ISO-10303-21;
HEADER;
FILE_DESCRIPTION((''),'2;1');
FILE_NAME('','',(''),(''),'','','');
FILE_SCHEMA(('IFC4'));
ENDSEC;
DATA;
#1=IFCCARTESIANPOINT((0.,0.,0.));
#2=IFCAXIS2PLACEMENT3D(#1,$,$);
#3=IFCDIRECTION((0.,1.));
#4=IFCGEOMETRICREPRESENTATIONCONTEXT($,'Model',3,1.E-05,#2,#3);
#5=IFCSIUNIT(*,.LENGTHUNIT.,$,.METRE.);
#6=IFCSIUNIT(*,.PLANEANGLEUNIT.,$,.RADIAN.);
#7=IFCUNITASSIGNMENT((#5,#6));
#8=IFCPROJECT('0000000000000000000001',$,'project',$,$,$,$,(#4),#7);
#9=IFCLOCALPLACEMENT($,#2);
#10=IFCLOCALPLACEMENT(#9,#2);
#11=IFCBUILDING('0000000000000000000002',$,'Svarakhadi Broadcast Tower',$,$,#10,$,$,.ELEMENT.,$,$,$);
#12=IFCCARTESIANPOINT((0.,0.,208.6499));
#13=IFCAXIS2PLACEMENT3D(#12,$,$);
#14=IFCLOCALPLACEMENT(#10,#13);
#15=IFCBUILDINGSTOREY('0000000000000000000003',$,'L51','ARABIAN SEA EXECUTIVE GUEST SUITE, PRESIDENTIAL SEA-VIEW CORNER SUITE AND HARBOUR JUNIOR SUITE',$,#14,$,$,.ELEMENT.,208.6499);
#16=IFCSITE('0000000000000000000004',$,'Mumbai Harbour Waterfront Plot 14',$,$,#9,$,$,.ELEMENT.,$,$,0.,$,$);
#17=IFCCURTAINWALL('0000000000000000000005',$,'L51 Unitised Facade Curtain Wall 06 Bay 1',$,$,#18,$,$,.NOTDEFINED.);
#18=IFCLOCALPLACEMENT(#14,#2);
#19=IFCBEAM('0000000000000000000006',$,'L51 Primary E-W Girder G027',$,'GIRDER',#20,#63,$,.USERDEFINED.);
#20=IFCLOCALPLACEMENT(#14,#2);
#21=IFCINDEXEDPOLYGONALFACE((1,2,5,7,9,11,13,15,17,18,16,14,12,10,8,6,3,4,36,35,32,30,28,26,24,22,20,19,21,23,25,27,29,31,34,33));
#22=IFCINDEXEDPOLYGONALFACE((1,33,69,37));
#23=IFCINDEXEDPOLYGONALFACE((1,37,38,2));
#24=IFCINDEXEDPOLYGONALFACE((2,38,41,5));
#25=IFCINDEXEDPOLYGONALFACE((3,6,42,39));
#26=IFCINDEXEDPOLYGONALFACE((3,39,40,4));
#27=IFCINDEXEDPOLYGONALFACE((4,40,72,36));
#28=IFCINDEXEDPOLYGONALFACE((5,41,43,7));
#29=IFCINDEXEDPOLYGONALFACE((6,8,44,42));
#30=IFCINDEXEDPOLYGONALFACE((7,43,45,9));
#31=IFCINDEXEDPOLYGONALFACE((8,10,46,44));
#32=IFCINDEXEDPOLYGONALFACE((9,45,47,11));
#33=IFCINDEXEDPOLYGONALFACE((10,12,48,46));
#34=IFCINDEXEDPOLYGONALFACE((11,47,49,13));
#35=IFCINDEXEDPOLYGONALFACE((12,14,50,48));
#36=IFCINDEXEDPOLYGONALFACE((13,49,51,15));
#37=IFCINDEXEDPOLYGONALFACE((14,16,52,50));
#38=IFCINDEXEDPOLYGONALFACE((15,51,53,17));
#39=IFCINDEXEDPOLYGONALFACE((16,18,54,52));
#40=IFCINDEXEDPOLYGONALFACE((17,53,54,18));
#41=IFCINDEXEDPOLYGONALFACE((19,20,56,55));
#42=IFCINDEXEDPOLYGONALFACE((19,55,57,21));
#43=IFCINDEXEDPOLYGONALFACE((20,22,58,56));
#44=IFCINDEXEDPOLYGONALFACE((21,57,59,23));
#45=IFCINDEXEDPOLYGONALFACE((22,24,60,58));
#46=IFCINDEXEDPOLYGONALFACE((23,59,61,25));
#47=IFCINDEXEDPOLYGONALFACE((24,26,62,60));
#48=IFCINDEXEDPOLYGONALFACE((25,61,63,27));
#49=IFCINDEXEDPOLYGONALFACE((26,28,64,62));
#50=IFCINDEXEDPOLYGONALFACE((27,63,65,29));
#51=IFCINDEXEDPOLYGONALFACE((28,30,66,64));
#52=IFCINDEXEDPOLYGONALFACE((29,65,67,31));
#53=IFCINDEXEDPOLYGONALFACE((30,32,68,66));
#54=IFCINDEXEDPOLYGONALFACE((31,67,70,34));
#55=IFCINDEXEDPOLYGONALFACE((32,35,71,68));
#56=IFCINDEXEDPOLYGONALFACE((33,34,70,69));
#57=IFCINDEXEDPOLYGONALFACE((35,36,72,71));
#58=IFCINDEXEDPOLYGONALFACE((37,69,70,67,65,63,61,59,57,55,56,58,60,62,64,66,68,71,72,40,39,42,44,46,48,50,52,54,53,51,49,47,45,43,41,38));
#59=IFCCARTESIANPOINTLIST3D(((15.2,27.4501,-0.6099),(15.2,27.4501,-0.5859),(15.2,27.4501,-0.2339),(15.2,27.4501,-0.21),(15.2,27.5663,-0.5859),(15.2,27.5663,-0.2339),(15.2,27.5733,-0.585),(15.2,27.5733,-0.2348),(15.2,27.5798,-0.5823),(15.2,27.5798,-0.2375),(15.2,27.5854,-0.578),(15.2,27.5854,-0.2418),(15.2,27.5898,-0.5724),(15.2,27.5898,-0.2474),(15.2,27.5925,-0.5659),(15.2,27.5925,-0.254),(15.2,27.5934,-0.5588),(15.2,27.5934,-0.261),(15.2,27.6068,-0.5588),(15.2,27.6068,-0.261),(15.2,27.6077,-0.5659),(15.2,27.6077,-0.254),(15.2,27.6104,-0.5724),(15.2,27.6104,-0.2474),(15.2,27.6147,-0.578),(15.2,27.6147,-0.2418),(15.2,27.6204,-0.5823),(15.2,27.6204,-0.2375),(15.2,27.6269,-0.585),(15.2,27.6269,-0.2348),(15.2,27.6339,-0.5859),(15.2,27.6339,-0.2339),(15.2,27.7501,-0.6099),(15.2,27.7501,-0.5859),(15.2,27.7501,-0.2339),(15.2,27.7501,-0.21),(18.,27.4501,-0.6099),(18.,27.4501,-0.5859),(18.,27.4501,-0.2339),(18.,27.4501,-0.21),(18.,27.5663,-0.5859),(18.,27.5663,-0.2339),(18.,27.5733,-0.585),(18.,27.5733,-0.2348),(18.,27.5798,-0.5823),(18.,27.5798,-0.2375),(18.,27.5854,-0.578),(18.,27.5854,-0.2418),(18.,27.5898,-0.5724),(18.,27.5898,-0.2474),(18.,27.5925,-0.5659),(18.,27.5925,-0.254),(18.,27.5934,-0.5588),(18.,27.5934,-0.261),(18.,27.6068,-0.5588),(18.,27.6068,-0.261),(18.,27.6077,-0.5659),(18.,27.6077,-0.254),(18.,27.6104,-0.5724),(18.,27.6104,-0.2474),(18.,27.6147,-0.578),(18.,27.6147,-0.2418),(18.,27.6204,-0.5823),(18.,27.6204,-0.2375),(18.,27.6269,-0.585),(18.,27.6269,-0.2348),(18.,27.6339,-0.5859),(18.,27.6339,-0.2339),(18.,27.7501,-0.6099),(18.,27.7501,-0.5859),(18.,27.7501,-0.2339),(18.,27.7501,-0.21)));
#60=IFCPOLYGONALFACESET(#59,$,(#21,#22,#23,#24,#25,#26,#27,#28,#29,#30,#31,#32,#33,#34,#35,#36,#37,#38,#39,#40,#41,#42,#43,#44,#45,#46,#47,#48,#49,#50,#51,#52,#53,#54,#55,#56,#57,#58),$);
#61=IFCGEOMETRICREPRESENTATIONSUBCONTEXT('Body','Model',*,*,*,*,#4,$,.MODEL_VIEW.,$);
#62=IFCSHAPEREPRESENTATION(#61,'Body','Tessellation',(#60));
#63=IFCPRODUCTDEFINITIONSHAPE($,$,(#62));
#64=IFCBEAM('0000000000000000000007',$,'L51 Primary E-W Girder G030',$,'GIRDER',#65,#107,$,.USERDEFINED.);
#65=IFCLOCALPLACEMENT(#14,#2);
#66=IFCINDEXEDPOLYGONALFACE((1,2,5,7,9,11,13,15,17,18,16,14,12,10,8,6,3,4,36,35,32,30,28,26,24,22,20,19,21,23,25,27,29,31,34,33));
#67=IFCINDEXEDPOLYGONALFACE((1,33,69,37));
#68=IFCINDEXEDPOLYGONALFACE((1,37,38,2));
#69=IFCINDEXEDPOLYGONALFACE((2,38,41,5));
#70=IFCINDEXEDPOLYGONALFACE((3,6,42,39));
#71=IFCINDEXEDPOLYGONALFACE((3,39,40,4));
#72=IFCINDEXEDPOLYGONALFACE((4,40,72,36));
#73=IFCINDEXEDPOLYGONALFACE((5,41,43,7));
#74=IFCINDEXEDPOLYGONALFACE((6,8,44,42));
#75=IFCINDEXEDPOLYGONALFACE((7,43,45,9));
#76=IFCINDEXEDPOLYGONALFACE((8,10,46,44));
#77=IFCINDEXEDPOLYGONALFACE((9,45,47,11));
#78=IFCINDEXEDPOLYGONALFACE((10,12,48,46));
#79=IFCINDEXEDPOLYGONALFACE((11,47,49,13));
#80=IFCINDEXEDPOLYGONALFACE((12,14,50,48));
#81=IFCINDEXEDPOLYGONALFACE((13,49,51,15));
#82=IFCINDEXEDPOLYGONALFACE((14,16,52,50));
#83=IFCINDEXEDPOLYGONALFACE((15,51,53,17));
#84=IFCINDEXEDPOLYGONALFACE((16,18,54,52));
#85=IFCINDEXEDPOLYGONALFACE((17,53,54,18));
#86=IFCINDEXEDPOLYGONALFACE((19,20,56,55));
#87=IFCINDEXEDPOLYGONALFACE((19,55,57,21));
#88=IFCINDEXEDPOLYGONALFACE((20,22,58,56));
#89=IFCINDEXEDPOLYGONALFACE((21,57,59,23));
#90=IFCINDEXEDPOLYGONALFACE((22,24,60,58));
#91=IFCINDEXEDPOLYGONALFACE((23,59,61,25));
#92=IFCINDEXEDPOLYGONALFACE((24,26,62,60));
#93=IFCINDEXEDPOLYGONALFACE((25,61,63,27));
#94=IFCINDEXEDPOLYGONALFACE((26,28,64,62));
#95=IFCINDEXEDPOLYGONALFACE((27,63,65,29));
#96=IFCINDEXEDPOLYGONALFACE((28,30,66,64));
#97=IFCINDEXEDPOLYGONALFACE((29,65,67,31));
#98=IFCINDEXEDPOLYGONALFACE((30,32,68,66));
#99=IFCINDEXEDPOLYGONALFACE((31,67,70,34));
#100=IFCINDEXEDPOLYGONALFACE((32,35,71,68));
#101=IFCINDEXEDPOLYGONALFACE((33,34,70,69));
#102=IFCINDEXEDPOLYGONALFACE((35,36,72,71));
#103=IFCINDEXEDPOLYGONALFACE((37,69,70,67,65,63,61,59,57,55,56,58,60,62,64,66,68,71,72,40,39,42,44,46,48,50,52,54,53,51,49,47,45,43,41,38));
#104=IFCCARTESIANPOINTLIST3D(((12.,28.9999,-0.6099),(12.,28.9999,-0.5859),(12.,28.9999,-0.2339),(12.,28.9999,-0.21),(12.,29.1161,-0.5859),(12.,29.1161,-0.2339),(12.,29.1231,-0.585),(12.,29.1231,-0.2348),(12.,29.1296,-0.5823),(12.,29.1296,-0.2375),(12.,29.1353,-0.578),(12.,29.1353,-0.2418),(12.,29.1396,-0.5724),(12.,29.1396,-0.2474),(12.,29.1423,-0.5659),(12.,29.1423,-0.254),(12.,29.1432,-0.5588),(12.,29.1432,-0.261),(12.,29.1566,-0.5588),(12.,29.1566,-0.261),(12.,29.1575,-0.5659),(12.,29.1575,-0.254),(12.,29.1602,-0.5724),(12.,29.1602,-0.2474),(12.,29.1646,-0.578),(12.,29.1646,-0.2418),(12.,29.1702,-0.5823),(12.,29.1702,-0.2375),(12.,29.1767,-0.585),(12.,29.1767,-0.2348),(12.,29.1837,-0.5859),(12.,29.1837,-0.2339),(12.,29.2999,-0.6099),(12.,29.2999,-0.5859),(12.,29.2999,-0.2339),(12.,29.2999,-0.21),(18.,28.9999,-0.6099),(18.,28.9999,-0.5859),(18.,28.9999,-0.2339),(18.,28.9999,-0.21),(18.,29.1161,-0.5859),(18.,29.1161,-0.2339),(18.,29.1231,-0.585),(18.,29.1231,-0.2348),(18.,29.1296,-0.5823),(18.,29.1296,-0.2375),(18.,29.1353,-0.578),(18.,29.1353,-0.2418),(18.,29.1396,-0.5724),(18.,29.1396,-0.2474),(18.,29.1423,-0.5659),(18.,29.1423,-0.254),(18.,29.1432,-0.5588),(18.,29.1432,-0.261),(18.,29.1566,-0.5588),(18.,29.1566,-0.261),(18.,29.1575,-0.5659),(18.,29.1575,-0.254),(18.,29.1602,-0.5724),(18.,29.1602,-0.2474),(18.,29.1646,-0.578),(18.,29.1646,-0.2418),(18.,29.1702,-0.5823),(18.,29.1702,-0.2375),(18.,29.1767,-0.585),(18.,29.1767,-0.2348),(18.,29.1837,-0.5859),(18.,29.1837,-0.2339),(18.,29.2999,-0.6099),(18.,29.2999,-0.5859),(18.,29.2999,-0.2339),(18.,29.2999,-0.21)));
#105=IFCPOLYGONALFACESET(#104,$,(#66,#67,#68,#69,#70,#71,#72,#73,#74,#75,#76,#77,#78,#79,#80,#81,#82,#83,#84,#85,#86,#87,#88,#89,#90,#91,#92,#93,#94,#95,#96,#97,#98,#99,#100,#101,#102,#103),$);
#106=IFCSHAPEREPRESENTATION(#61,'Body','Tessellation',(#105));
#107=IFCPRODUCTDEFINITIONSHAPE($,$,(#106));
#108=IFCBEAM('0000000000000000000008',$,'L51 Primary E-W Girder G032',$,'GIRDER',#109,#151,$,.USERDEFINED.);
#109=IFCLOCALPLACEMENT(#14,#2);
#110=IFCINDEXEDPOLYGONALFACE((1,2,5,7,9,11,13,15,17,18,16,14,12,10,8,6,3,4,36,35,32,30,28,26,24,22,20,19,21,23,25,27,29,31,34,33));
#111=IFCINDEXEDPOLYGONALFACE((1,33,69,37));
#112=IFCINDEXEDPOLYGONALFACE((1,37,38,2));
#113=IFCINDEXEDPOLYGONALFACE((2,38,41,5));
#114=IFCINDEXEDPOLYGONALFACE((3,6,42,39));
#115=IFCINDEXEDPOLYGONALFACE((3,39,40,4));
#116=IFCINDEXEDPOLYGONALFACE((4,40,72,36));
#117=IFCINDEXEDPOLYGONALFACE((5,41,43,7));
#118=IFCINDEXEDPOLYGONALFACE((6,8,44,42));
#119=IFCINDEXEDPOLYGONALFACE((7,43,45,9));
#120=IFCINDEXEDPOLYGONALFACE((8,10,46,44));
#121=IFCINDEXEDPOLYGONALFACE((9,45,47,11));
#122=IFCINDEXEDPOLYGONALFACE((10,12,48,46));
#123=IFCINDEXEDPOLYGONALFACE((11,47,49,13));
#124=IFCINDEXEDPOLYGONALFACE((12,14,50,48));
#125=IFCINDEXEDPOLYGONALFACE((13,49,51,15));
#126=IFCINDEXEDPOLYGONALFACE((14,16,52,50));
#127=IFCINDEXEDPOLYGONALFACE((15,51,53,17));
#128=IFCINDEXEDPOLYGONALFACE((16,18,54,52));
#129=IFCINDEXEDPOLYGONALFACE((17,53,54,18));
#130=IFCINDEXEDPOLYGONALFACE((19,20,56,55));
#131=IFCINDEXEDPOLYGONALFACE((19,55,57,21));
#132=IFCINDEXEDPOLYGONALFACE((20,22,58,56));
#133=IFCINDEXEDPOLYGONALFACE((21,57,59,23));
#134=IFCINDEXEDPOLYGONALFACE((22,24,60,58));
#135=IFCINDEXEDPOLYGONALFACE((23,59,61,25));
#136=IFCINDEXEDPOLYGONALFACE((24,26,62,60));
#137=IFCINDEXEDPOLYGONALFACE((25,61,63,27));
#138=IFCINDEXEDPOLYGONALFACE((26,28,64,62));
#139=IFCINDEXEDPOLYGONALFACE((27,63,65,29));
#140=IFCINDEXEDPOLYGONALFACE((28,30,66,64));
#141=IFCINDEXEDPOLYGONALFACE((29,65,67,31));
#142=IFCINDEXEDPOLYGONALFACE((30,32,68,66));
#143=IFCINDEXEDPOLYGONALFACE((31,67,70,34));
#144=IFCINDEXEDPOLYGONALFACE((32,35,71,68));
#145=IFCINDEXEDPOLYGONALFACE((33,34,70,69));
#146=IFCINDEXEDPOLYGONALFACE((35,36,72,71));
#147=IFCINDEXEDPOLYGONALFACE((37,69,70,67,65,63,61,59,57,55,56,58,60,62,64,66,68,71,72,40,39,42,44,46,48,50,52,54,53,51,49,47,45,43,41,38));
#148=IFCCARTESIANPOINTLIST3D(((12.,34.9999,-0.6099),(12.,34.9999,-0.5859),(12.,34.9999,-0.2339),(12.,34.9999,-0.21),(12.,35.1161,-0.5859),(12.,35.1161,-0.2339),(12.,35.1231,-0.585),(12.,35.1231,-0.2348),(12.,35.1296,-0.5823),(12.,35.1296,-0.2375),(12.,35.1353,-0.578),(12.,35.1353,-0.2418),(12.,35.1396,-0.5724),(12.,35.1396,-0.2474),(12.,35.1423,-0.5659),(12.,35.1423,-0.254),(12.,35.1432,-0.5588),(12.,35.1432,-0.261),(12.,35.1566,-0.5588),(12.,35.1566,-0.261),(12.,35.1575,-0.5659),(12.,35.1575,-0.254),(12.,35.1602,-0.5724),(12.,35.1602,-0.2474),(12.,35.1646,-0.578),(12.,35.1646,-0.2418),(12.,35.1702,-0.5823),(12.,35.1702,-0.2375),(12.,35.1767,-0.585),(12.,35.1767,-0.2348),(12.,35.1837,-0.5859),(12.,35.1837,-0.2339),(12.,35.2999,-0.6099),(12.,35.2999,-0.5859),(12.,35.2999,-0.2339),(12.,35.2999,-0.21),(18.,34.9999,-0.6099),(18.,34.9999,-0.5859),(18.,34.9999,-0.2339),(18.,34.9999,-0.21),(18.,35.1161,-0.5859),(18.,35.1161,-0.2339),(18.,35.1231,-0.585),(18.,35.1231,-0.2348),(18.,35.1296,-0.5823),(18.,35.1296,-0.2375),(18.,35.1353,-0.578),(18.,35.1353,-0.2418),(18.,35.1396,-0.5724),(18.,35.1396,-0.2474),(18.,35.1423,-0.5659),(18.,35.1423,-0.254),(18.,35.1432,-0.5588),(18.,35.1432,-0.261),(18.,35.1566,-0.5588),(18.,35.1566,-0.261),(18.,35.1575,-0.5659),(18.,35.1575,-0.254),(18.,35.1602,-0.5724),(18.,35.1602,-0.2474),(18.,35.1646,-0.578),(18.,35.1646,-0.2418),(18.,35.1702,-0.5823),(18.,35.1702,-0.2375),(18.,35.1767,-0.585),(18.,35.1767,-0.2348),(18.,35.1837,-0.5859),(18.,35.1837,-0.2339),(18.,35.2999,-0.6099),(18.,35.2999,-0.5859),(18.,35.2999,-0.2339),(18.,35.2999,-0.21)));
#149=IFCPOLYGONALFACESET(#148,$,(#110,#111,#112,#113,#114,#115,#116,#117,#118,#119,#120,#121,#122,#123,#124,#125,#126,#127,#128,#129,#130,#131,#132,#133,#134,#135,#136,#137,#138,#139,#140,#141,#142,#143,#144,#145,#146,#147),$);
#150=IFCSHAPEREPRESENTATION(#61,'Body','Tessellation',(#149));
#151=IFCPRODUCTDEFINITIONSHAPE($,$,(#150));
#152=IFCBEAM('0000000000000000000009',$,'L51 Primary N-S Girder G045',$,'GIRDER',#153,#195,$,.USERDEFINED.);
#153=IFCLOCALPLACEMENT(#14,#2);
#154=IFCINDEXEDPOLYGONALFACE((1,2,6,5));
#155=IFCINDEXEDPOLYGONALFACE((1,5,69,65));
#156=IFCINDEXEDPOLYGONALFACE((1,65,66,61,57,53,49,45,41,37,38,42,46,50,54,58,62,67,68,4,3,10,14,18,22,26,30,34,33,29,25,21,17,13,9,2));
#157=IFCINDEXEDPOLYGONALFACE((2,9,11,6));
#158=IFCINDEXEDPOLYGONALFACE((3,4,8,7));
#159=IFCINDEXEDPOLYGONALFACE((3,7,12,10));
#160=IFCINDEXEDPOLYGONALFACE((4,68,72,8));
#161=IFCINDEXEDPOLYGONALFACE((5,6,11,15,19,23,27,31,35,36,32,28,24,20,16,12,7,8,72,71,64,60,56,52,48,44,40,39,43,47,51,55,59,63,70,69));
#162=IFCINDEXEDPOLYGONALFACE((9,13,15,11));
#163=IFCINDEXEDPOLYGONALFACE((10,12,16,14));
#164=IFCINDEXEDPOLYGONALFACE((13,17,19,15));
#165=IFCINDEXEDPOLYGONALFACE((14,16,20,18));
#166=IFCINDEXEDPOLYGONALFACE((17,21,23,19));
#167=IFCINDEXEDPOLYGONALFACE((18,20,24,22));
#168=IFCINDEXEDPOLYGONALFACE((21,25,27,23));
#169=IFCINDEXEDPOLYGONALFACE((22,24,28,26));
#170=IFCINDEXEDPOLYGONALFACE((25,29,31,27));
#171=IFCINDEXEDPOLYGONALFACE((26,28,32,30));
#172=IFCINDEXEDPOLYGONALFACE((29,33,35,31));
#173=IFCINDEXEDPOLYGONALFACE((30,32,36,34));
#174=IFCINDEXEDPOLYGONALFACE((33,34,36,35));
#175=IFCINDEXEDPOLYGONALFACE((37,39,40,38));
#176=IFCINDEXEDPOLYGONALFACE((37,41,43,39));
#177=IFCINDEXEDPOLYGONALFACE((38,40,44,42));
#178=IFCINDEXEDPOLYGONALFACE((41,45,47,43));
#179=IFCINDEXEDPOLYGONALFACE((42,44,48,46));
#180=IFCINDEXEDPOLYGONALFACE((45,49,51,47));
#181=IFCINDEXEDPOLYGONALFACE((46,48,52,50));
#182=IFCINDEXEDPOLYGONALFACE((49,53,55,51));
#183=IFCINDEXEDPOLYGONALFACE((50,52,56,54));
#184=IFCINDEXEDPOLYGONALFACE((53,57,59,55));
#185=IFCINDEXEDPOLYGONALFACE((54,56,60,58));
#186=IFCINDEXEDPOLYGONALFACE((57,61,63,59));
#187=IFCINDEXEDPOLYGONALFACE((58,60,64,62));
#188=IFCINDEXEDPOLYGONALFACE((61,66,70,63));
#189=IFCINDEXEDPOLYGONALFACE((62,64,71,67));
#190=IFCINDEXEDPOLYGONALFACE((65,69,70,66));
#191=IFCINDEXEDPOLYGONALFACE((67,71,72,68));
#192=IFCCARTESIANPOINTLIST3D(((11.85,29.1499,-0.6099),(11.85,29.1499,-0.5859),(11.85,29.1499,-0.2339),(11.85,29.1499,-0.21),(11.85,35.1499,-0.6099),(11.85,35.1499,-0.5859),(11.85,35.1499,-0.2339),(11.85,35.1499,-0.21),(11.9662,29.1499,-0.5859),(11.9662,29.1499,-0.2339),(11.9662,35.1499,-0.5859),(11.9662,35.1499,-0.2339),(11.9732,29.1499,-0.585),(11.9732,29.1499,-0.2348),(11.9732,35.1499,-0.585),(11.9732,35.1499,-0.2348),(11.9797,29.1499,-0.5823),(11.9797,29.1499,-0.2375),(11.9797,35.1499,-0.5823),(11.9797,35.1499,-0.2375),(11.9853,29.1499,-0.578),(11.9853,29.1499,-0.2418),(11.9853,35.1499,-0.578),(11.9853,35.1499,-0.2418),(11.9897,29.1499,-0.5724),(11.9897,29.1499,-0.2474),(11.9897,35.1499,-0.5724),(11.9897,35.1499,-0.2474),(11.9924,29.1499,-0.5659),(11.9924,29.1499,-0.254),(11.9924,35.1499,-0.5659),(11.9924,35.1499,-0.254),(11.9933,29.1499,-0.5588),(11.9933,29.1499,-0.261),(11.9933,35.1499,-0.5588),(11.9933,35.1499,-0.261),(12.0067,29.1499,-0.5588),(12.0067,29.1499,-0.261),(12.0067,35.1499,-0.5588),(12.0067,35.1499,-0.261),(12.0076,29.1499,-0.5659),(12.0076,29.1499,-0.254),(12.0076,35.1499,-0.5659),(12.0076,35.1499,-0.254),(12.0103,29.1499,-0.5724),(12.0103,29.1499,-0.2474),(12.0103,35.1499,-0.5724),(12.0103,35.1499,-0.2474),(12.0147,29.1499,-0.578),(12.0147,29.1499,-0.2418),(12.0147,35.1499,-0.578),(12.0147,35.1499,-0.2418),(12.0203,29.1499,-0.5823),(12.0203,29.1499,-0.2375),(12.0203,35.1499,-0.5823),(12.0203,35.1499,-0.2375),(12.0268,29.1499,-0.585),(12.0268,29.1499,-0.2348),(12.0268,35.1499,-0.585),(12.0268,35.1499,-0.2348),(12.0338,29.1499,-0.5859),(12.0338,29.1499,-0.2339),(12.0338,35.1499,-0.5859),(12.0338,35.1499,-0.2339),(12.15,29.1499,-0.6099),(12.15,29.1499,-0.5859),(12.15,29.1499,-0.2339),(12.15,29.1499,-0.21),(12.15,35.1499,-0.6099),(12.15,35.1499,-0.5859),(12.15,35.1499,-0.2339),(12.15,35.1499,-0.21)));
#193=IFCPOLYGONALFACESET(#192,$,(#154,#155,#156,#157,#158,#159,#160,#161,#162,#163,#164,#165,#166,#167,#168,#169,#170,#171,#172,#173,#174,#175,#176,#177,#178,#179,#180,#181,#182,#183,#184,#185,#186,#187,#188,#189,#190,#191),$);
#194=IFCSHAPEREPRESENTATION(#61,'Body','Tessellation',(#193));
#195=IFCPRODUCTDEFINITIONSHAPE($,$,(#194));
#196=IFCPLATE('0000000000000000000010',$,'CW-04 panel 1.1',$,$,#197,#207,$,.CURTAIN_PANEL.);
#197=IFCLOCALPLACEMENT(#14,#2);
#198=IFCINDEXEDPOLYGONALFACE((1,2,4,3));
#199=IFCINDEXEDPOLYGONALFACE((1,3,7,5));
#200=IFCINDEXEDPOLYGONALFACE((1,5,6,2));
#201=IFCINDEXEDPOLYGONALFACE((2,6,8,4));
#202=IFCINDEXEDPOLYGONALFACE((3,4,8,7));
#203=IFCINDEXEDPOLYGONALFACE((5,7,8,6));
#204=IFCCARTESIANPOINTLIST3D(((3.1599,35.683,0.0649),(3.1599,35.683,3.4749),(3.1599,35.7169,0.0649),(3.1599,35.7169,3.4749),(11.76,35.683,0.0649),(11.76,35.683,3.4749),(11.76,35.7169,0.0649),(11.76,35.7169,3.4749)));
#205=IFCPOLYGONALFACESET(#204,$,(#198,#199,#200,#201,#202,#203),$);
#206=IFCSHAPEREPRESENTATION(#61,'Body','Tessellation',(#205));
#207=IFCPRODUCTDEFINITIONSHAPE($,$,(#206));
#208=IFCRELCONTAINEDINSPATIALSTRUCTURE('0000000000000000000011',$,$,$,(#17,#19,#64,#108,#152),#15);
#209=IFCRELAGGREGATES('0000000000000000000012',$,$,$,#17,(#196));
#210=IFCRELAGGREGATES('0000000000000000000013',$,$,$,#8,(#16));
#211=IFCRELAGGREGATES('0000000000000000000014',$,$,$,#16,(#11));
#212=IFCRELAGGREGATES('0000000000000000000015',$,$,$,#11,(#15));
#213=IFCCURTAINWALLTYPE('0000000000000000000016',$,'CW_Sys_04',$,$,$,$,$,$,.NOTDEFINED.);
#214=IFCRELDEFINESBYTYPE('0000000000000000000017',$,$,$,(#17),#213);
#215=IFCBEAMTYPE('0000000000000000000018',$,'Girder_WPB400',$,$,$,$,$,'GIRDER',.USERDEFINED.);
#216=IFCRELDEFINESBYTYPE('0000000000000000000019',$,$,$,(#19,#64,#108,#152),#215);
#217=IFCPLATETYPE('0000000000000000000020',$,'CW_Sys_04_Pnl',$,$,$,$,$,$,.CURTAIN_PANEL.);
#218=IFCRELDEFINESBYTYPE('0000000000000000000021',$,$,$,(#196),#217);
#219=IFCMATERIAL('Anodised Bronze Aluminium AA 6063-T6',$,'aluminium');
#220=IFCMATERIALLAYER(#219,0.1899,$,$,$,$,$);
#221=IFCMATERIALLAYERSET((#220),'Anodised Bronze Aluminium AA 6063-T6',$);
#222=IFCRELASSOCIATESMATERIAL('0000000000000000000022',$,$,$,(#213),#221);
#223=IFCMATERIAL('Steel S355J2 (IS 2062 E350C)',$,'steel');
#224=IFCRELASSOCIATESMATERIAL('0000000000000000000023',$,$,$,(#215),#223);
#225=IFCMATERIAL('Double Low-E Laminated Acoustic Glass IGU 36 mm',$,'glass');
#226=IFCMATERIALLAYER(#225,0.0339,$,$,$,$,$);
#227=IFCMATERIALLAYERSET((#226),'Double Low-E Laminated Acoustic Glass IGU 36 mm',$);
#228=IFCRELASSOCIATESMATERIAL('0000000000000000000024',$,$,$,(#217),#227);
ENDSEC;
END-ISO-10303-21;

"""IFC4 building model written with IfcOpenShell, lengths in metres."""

from ifc_helpers import new_model, si_unit, direction, frame, origin, origin_2d, place, context, subcontext, project, spatial, rectangle, i_section, extrude, material, layer, layer_set, material_profile, profile_set, type_object, element, aggregate, save


model = new_model("IFC4")

# Units and contexts
model_context = context("Model", 3, precision=1e-05, world=origin(), true_north=direction((0.0, 1.0)))
body_context = subcontext(model_context, "Body", "Model", "MODEL_VIEW")
ifc_project = project(units=[si_unit("LENGTHUNIT", "METRE"), si_unit("PLANEANGLEUNIT", "RADIAN")], contexts=[model_context])

# Site, building, storey
site_placement = place(None, origin())
site = spatial("IfcSite", under=ifc_project, at=site_placement, Name="Mumbai Harbour Waterfront Plot 14", CompositionType="ELEMENT", RefElevation=0.0)
building_placement = place(site_placement, origin())
building = spatial("IfcBuilding", under=site, at=building_placement, Name="Svarakhadi Broadcast Tower", CompositionType="ELEMENT")
storey_placement = place(building_placement, frame((0.0, 0.0, 208.6499)))
storey = spatial("IfcBuildingStorey", under=building, at=storey_placement, Name="L51", Description="ARABIAN SEA EXECUTIVE GUEST SUITE, PRESIDENTIAL SEA-VIEW CORNER SUITE AND HARBOUR JUNIOR SUITE", CompositionType="ELEMENT", Elevation=208.6499)

# Shared definitions
ifc_material_1 = material(Name="Steel S355J2 (IS 2062 E350C)", Category="steel")

# Curtain wall
ifc_material_2 = material(Name="Anodised Bronze Aluminium AA 6063-T6", Category="aluminium")
ifc_layer_1 = layer(ifc_material_2, 0.1899)
ifc_layer_set_1 = layer_set([ifc_layer_1], Name="Anodised Bronze Aluminium AA 6063-T6")
curtain_wall_type = type_object("IfcCurtainWallType", Name="CW_Sys_04", PredefinedType="NOTDEFINED", material=ifc_layer_set_1)
curtain_wall_1_placement = place(storey_placement, origin())
curtain_wall_1 = element("IfcCurtainWall", 1, at=curtain_wall_1_placement, inside=storey, type_object=curtain_wall_type, Name="L51 Unitised Facade Curtain Wall 06 Bay 1", PredefinedType="NOTDEFINED")

# Beams
ifc_material_profile_1 = material_profile(ifc_material_1, i_section(OverallWidth=0.3, OverallDepth=0.3999, WebThickness=0.0134, FlangeThickness=0.0239, FilletRadius=0.0271, at=origin_2d()), Name="WPB 400x300x155")
ifc_profile_set_1 = profile_set([ifc_material_profile_1], Name="Steel S355J2 (IS 2062 E350C)")
beam_type_1 = type_object("IfcBeamType", Name="Girder_WPB400", ElementType="GIRDER", PredefinedType="USERDEFINED", material=ifc_profile_set_1)
beam_placement = place(storey_placement, frame((15.2, 27.6001, -0.4099), z_axis=(1.0, 0.0, 0.0), x_axis=(0.0, 1.0, 0.0)))
element("IfcBeam", 2, at=beam_placement, inside=storey, type_object=beam_type_1, Name="L51 Primary E-W Girder G027", ObjectType="GIRDER", PredefinedType="USERDEFINED", context=body_context, shape_type="SweptSolid", body=[
    extrude(i_section(OverallWidth=0.3, OverallDepth=0.3999, WebThickness=0.0134, FlangeThickness=0.0239, FilletRadius=0.0271, at=origin_2d()), origin(), (0.0, 0.0, 1.0), 2.8),
])
for number, where, z_axis, x_axis, name in (
    (3, (12.0, 29.1499, -0.4099), (1.0, 0.0, 0.0), (0.0, 1.0, 0.0), "L51 Primary E-W Girder G030"),
    (4, (12.0, 35.1499, -0.4099), (1.0, 0.0, 0.0), (0.0, 1.0, 0.0), "L51 Primary E-W Girder G032"),
    (5, (12.0, 29.1499, -0.4099), (0.0, 1.0, 0.0), (-1.0, 0.0, 0.0), "L51 Primary N-S Girder G045"),
):
    element("IfcBeam", number, at=place(storey_placement, frame(where, z_axis=z_axis, x_axis=x_axis)), inside=storey, type_object=beam_type_1, Name=name, ObjectType="GIRDER", PredefinedType="USERDEFINED", context=body_context, shape_type="SweptSolid", body=[
        extrude(i_section(OverallWidth=0.3, OverallDepth=0.3999, WebThickness=0.0134, FlangeThickness=0.0239, FilletRadius=0.0271, at=origin_2d()), origin(), (0.0, 0.0, 1.0), 6.0),
    ])

# Plate
ifc_material_3 = material(Name="Double Low-E Laminated Acoustic Glass IGU 36 mm", Category="glass")
ifc_layer_2 = layer(ifc_material_3, 0.0339)
ifc_layer_set_2 = layer_set([ifc_layer_2], Name="Double Low-E Laminated Acoustic Glass IGU 36 mm")
plate_type_1 = type_object("IfcPlateType", Name="CW_Sys_04_Pnl", PredefinedType="CURTAIN_PANEL", material=ifc_layer_set_2)
plate_1_placement = place(storey_placement, frame((7.46, 35.7, 0.0649), z_axis=(0.0, 0.0, 1.0), x_axis=(1.0, 0.0, 0.0)))
plate_1 = element("IfcPlate", 6, at=plate_1_placement, type_object=plate_type_1, Name="CW-04 panel 1.1", PredefinedType="CURTAIN_PANEL", context=body_context, shape_type="SweptSolid", body=[
    extrude(rectangle(XDim=8.6001, YDim=0.0339, at=origin_2d()), origin(), (0.0, 0.0, 1.0), 3.4099),
])
aggregate(curtain_wall_1, [plate_1])

save(model, "model.ifc")
